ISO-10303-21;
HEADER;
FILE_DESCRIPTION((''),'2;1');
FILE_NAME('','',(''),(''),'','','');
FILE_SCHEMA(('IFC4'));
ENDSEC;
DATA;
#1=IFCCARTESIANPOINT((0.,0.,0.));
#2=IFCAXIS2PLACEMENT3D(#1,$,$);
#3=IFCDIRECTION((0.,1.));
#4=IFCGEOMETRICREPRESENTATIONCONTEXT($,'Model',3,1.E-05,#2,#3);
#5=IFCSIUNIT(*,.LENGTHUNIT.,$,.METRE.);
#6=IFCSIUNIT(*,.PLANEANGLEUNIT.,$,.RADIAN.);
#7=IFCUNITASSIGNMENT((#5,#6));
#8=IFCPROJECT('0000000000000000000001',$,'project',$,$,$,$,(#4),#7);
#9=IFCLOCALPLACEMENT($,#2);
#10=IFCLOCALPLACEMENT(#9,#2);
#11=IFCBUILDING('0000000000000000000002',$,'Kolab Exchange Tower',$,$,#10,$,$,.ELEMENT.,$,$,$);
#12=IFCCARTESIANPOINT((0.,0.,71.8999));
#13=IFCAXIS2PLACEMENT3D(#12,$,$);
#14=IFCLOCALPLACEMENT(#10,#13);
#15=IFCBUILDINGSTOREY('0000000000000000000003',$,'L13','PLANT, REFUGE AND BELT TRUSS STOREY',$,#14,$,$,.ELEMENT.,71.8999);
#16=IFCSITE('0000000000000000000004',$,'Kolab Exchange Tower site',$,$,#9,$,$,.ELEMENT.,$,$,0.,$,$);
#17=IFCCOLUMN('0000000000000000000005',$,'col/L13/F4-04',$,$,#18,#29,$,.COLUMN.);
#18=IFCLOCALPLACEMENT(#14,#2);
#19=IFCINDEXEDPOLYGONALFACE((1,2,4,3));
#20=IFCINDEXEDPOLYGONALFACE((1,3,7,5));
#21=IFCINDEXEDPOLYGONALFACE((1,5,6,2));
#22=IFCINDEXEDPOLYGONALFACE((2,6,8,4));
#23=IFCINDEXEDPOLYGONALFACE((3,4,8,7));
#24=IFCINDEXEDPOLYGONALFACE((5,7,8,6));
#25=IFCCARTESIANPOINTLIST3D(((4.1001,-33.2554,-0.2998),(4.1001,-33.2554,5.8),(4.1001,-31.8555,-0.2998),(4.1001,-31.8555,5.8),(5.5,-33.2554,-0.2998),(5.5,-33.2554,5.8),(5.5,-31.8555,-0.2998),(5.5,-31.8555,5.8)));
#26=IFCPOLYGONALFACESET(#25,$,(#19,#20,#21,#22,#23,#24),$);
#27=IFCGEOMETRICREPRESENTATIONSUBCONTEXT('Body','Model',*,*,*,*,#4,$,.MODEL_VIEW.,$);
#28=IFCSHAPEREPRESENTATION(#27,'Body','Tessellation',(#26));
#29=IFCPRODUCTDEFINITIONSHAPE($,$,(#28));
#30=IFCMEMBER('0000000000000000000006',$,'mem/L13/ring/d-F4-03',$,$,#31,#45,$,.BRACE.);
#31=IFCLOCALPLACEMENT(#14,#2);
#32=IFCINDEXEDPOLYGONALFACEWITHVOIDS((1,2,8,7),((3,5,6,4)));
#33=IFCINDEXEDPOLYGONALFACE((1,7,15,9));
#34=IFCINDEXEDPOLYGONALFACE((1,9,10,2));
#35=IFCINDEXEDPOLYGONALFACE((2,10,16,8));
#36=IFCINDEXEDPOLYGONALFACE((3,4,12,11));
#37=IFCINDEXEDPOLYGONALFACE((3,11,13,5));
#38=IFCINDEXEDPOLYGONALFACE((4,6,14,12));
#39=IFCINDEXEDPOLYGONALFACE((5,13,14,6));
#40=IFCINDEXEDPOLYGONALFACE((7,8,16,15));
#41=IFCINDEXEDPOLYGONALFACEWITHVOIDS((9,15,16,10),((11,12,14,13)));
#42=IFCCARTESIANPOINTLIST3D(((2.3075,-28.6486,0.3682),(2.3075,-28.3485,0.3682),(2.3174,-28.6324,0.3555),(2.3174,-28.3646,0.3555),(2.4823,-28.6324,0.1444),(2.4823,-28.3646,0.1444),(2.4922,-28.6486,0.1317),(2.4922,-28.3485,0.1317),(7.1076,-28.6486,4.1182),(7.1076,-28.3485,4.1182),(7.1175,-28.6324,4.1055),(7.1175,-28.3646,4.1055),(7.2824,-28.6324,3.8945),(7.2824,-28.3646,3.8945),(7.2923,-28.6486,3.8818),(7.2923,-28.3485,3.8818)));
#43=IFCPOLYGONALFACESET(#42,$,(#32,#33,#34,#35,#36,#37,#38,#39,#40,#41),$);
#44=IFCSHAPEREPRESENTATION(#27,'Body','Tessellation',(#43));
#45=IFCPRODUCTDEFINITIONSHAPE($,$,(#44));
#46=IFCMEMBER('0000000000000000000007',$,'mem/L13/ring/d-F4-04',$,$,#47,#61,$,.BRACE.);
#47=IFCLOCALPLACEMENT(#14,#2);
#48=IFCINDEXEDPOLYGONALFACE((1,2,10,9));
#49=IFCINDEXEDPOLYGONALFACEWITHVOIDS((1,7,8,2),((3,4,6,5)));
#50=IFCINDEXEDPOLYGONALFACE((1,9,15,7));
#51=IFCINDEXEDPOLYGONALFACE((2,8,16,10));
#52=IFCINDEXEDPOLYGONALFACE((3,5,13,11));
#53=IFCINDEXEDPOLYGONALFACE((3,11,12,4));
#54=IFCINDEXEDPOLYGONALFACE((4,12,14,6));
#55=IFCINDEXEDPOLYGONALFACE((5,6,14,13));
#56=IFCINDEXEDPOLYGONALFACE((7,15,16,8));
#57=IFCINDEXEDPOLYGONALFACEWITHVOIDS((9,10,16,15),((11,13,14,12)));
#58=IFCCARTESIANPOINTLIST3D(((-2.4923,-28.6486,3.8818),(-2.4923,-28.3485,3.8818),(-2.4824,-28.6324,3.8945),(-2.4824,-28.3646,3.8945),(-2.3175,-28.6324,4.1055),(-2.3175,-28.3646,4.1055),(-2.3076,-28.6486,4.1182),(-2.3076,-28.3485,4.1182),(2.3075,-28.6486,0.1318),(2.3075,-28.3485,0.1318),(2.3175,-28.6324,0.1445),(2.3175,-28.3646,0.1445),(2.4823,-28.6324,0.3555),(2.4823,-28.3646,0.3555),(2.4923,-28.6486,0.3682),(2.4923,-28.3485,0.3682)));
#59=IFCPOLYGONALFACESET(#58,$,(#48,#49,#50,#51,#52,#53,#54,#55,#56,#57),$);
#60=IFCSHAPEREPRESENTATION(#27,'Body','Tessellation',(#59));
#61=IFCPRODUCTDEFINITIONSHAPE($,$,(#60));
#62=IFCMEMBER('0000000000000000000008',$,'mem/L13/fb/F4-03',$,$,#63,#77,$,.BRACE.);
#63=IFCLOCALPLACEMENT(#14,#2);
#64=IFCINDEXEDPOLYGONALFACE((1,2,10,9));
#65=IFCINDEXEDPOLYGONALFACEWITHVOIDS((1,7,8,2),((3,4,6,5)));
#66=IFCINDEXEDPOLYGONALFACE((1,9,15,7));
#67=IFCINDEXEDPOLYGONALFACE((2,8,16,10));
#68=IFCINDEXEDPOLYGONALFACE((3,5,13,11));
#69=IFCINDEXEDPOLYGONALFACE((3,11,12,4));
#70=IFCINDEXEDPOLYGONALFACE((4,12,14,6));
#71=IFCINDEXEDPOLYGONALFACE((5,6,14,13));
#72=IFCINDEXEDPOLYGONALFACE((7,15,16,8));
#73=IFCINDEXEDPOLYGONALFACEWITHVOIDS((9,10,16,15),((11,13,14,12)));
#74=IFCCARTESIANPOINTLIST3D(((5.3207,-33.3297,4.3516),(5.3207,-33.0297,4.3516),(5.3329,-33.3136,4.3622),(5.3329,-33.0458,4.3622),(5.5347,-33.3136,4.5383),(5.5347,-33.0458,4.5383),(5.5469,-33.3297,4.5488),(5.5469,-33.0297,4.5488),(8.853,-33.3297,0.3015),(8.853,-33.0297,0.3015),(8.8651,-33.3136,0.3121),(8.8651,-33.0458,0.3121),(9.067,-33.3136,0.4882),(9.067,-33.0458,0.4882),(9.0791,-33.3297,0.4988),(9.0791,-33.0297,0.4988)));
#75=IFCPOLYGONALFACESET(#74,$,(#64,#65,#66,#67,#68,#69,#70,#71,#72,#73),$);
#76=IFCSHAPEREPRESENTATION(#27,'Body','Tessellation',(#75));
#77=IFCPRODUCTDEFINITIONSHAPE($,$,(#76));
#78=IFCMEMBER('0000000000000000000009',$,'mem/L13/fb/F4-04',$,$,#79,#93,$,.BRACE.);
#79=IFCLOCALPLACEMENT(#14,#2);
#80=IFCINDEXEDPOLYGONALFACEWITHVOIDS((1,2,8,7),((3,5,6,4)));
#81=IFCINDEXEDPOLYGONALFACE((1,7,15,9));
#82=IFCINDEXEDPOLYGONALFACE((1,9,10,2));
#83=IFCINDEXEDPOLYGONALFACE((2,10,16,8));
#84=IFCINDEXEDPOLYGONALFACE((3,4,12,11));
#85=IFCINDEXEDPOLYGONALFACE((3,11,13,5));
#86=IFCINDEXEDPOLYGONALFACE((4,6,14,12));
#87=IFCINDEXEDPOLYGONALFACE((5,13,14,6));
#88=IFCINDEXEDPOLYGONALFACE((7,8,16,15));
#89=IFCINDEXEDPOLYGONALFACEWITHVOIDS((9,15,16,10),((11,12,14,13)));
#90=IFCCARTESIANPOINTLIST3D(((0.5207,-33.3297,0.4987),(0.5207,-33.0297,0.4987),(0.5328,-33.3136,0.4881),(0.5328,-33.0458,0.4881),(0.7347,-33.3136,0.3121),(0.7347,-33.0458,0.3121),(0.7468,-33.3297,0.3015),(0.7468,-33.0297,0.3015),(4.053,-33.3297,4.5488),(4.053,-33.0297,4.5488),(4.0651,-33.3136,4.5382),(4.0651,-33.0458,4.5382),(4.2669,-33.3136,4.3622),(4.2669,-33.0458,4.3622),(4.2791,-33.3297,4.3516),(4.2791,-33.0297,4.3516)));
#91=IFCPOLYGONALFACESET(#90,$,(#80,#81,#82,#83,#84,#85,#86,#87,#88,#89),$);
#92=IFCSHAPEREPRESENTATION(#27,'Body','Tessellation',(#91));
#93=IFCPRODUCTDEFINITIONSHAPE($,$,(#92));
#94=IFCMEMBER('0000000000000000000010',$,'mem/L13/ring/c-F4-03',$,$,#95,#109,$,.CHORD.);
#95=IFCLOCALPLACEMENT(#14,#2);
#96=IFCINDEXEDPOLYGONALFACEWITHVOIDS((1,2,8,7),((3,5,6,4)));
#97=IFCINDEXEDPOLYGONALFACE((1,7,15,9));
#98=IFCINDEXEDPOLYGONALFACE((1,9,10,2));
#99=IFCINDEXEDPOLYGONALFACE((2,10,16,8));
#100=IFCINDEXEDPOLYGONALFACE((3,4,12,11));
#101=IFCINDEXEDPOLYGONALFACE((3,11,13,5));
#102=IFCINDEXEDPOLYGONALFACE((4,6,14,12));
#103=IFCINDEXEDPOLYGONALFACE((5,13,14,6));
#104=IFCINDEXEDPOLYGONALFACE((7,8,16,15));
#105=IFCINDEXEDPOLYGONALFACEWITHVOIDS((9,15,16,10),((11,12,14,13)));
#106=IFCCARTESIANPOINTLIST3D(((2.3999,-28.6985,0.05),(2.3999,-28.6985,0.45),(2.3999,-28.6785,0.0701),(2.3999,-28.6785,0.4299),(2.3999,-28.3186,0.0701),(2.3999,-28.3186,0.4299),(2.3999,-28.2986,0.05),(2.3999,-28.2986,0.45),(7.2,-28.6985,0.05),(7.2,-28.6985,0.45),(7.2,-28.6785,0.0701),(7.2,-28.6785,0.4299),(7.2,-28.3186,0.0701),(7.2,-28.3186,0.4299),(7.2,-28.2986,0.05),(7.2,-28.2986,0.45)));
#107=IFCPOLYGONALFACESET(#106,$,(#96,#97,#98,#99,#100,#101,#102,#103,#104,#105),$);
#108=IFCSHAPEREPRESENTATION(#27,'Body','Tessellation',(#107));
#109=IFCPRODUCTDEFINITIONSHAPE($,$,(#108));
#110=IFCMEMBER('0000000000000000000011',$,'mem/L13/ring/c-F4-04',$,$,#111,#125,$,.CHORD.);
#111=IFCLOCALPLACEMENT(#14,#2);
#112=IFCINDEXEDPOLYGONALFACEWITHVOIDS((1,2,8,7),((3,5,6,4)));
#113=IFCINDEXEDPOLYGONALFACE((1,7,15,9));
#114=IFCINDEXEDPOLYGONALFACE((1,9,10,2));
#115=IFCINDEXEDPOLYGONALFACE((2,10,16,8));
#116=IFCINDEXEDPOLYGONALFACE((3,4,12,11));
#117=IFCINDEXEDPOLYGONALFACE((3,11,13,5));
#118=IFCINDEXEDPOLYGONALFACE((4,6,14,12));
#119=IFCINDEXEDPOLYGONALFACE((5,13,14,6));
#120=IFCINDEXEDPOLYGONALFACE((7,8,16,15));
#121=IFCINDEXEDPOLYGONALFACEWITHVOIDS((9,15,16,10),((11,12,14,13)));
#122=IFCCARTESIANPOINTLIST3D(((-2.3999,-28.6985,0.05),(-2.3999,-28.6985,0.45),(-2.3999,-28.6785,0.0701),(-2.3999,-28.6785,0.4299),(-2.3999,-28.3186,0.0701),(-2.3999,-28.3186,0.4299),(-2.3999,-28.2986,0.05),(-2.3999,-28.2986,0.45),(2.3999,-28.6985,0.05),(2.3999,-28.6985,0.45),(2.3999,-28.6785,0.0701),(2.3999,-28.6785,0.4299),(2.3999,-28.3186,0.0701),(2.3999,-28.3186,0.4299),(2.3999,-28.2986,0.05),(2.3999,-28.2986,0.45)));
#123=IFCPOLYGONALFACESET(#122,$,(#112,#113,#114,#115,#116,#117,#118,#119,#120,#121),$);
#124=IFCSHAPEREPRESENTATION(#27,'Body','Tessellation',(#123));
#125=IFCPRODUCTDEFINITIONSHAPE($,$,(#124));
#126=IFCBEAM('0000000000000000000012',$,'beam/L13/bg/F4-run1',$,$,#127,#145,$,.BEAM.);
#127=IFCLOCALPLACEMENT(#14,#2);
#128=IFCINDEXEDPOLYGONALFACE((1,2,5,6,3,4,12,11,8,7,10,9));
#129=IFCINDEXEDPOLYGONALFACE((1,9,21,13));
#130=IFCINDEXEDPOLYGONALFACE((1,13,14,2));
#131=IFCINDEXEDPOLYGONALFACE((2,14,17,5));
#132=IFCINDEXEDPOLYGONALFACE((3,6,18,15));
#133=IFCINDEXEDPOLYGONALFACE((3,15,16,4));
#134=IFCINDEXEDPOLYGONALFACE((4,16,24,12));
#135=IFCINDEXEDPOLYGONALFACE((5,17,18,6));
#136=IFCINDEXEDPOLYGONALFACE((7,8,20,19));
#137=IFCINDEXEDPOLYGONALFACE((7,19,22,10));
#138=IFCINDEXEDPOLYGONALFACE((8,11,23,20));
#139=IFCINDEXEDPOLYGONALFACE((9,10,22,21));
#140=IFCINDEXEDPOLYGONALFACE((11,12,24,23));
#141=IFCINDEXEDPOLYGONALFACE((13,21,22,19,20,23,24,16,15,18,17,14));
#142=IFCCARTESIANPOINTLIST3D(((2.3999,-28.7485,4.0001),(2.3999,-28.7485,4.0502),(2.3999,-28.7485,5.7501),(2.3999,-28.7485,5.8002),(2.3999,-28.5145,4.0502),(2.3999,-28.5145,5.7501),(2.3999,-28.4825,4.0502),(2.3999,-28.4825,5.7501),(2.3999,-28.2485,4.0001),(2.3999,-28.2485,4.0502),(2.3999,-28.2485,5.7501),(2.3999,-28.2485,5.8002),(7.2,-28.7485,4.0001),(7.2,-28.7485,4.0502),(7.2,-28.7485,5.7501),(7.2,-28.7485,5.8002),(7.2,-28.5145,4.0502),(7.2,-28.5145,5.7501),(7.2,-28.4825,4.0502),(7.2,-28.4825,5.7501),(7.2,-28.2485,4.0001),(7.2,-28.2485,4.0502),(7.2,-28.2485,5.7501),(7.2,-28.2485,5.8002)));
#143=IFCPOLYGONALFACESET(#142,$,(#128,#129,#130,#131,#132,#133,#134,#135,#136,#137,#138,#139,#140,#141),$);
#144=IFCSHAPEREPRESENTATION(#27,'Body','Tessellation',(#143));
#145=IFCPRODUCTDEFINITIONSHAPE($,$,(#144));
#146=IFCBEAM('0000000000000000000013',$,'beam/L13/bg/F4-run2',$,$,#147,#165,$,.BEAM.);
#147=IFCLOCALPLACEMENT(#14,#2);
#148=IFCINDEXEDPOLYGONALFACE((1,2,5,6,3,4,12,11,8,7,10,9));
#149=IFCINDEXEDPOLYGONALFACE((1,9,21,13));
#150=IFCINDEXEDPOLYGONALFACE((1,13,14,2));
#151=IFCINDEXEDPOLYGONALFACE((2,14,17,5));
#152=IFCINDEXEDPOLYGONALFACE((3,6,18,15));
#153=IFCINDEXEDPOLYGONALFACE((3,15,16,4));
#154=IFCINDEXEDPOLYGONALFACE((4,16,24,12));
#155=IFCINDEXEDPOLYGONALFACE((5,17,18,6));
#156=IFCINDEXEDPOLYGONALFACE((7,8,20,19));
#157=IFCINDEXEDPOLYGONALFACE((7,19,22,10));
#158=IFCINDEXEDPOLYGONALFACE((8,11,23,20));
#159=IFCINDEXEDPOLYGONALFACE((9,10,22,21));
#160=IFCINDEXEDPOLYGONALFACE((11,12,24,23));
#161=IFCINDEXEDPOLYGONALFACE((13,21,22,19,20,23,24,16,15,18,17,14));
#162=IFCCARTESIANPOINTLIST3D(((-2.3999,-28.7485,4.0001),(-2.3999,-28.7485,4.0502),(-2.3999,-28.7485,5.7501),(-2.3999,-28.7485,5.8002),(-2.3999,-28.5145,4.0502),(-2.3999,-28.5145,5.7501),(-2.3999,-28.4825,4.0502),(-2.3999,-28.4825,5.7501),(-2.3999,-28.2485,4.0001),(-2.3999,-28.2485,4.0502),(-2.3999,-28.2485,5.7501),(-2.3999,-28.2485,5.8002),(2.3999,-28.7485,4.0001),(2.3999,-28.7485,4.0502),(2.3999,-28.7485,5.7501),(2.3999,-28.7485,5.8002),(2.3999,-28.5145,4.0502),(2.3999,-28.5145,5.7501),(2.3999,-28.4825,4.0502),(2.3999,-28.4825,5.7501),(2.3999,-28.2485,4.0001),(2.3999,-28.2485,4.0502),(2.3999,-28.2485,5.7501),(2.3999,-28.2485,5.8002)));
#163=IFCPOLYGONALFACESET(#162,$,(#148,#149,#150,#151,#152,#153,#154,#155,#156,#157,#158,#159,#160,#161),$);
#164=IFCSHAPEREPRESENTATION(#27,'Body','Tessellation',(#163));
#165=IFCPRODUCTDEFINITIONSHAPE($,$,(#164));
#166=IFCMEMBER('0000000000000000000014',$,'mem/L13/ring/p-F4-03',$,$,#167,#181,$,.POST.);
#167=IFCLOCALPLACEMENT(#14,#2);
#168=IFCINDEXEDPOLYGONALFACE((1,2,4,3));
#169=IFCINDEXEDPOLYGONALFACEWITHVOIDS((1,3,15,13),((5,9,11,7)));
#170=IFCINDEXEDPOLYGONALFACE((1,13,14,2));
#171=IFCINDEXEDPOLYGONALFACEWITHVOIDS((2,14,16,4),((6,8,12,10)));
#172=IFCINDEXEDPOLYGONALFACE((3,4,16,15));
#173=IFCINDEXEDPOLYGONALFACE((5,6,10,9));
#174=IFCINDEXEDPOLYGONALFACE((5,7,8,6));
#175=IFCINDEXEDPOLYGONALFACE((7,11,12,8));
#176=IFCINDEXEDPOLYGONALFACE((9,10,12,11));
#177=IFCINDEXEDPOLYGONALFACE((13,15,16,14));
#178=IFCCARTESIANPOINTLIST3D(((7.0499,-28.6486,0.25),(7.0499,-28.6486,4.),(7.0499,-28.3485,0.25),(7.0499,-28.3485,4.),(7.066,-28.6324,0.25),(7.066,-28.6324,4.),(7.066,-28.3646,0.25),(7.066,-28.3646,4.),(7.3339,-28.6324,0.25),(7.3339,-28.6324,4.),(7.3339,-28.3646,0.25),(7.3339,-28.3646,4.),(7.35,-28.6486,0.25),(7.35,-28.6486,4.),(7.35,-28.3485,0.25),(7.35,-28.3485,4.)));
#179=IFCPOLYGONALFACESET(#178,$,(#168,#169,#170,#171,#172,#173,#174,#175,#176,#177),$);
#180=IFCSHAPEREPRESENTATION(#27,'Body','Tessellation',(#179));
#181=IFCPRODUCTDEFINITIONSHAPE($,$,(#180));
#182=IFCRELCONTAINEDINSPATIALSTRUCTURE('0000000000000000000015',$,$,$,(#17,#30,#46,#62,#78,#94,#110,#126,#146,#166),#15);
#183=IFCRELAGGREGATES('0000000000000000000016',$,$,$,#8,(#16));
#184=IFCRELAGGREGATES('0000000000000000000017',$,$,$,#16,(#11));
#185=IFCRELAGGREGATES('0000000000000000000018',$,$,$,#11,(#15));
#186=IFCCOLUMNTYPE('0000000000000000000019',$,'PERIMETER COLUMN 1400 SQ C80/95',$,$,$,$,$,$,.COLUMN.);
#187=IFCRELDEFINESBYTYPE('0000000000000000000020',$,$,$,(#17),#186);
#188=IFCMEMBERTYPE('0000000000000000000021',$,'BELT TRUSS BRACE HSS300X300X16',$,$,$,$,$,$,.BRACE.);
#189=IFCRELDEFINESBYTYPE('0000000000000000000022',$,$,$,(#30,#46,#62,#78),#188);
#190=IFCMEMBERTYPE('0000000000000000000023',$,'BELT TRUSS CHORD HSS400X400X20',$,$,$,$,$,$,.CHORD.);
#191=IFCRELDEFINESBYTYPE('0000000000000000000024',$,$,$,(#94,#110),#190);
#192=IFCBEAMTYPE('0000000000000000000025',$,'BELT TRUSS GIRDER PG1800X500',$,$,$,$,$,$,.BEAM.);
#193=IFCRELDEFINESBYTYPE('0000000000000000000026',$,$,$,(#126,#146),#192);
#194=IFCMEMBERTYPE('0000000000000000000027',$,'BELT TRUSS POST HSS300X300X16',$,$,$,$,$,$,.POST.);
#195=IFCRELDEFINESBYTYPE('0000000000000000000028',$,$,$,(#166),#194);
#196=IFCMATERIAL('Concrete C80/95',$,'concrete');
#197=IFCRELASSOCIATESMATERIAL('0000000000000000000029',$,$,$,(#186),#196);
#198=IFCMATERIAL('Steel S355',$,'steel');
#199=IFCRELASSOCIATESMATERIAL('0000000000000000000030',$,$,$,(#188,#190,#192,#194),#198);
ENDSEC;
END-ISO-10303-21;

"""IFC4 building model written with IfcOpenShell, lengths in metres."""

from ifc_helpers import new_model, si_unit, direction, frame, origin, origin_2d, place, context, subcontext, project, spatial, rectangle, hollow_rectangle, i_section, extrude, material, material_profile, profile_set, type_object, element, save


model = new_model("IFC4")

# Units and contexts
model_context = context("Model", 3, precision=1e-05, world=origin(), true_north=direction((0.0, 1.0)))
body_context = subcontext(model_context, "Body", "Model", "MODEL_VIEW")
ifc_project = project(units=[si_unit("LENGTHUNIT", "METRE"), si_unit("PLANEANGLEUNIT", "RADIAN")], contexts=[model_context])

# Site, building, storey
site_placement = place(None, origin())
site = spatial("IfcSite", under=ifc_project, at=site_placement, Name="Kolab Exchange Tower site", CompositionType="ELEMENT", RefElevation=0.0)
building_placement = place(site_placement, origin())
building = spatial("IfcBuilding", under=site, at=building_placement, Name="Kolab Exchange Tower", CompositionType="ELEMENT")
storey_placement = place(building_placement, frame((0.0, 0.0, 71.8999)))
storey = spatial("IfcBuildingStorey", under=building, at=storey_placement, Name="L13", Description="PLANT, REFUGE AND BELT TRUSS STOREY", CompositionType="ELEMENT", Elevation=71.8999)

# Column
ifc_material_1 = material(Name="Concrete C80/95", Category="concrete")
ifc_material_profile_1 = material_profile(ifc_material_1, rectangle(XDim=1.3999, YDim=1.3999, at=origin_2d()), Name="RC1400")
ifc_profile_set_1 = profile_set([ifc_material_profile_1], Name="Concrete C80/95")
column_type = type_object("IfcColumnType", Name="PERIMETER COLUMN 1400 SQ C80/95", PredefinedType="COLUMN", material=ifc_profile_set_1)
column_placement = place(storey_placement, frame((4.8, -32.5554, -0.2998), z_axis=(0.0, 0.0, 1.0), x_axis=(1.0, 0.0, 0.0)))
element("IfcColumn", 1, at=column_placement, inside=storey, type_object=column_type, Name="col/L13/F4-04", PredefinedType="COLUMN", context=body_context, shape_type="SweptSolid", body=[
    extrude(rectangle(XDim=1.3999, YDim=1.3999, at=origin_2d()), origin(), (0.0, 0.0, 1.0), 6.0999),
])

# Members
ifc_material_2 = material(Name="Steel S355", Category="steel")
ifc_material_profile_2 = material_profile(ifc_material_2, hollow_rectangle(XDim=0.3, YDim=0.3, WallThickness=0.0161, at=origin_2d()), Name="HSS300X300X16")
ifc_profile_set_2 = profile_set([ifc_material_profile_2], Name="Steel S355")
member_type_1 = type_object("IfcMemberType", Name="BELT TRUSS BRACE HSS300X300X16", PredefinedType="BRACE", material=ifc_profile_set_2)
member_1_placement = place(storey_placement, frame((7.2, -28.4985, 4.0), z_axis=(-0.788027, 0.0, -0.61564), x_axis=(0.0, -1.0, 0.0)))
element("IfcMember", 2, at=member_1_placement, inside=storey, type_object=member_type_1, Name="mem/L13/ring/d-F4-03", PredefinedType="BRACE", context=body_context, shape_type="SweptSolid", body=[
    extrude(hollow_rectangle(XDim=0.3, YDim=0.3, WallThickness=0.0161, at=origin_2d()), origin(), (0.0, 0.0, 1.0), 6.0913),
])
member_2_placement = place(storey_placement, frame((2.3999, -28.4985, 0.25), z_axis=(-0.788012, 0.0, 0.61566), x_axis=(0.0, -1.0, 0.0)))
element("IfcMember", 3, at=member_2_placement, inside=storey, type_object=member_type_1, Name="mem/L13/ring/d-F4-04", PredefinedType="BRACE", context=body_context, shape_type="SweptSolid", body=[
    extrude(hollow_rectangle(XDim=0.3, YDim=0.3, WallThickness=0.0161, at=origin_2d()), origin(), (0.0, 0.0, 1.0), 6.0911),
])
for number, where, z_axis, x_axis, name in (
    (4, (8.9661, -33.1797, 0.4001), (-0.657285, 0.0, 0.753642), (0.0, -1.0, 0.0), "mem/L13/fb/F4-03"),
    (5, (4.166, -33.1797, 4.4502), (-0.657285, 0.0, -0.753642), (0.0, -1.0, 0.0), "mem/L13/fb/F4-04"),
):
    element("IfcMember", number, at=place(storey_placement, frame(where, z_axis=z_axis, x_axis=x_axis)), inside=storey, type_object=member_type_1, Name=name, PredefinedType="BRACE", context=body_context, shape_type="SweptSolid", body=[
        extrude(hollow_rectangle(XDim=0.3, YDim=0.3, WallThickness=0.0161, at=origin_2d()), origin(), (0.0, 0.0, 1.0), 5.374),
    ])
ifc_material_profile_3 = material_profile(ifc_material_2, hollow_rectangle(XDim=0.3999, YDim=0.3999, WallThickness=0.02, at=origin_2d()), Name="HSS400X400X20")
ifc_profile_set_3 = profile_set([ifc_material_profile_3], Name="Steel S355")
member_type_2 = type_object("IfcMemberType", Name="BELT TRUSS CHORD HSS400X400X20", PredefinedType="CHORD", material=ifc_profile_set_3)
member_3_placement = place(storey_placement, frame((7.2, -28.4985, 0.25), z_axis=(-1.0, 0.0, 0.0), x_axis=(0.0, -1.0, 0.0)))
element("IfcMember", 6, at=member_3_placement, inside=storey, type_object=member_type_2, Name="mem/L13/ring/c-F4-03", PredefinedType="CHORD", context=body_context, shape_type="SweptSolid", body=[
    extrude(hollow_rectangle(XDim=0.3999, YDim=0.3999, WallThickness=0.02, at=origin_2d()), origin(), (0.0, 0.0, 1.0), 4.8),
])
member_4_placement = place(storey_placement, frame((2.3999, -28.4985, 0.25), z_axis=(-1.0, 0.0, 0.0), x_axis=(0.0, -1.0, 0.0)))
element("IfcMember", 7, at=member_4_placement, inside=storey, type_object=member_type_2, Name="mem/L13/ring/c-F4-04", PredefinedType="CHORD", context=body_context, shape_type="SweptSolid", body=[
    extrude(hollow_rectangle(XDim=0.3999, YDim=0.3999, WallThickness=0.02, at=origin_2d()), origin(), (0.0, 0.0, 1.0), 4.7998),
])

# Beams
ifc_material_profile_4 = material_profile(ifc_material_2, i_section(OverallWidth=0.5, OverallDepth=1.8, WebThickness=0.032, FlangeThickness=0.05, at=origin_2d()), Name="PG1800X500")
ifc_profile_set_4 = profile_set([ifc_material_profile_4], Name="Steel S355")
beam_type_1 = type_object("IfcBeamType", Name="BELT TRUSS GIRDER PG1800X500", PredefinedType="BEAM", material=ifc_profile_set_4)
beam_1_placement = place(storey_placement, frame((7.2, -28.4985, 4.9001), z_axis=(-1.0, 0.0, 0.0), x_axis=(0.0, -1.0, 0.0)))
element("IfcBeam", 8, at=beam_1_placement, inside=storey, type_object=beam_type_1, Name="beam/L13/bg/F4-run1", PredefinedType="BEAM", context=body_context, shape_type="SweptSolid", body=[
    extrude(i_section(OverallWidth=0.5, OverallDepth=1.8, WebThickness=0.032, FlangeThickness=0.05, at=origin_2d()), origin(), (0.0, 0.0, 1.0), 4.8),
])
beam_2_placement = place(storey_placement, frame((2.3999, -28.4985, 4.9001), z_axis=(-1.0, 0.0, 0.0), x_axis=(0.0, -1.0, 0.0)))
element("IfcBeam", 9, at=beam_2_placement, inside=storey, type_object=beam_type_1, Name="beam/L13/bg/F4-run2", PredefinedType="BEAM", context=body_context, shape_type="SweptSolid", body=[
    extrude(i_section(OverallWidth=0.5, OverallDepth=1.8, WebThickness=0.032, FlangeThickness=0.05, at=origin_2d()), origin(), (0.0, 0.0, 1.0), 4.7998),
])

# Member
ifc_material_profile_5 = material_profile(ifc_material_2, hollow_rectangle(XDim=0.3, YDim=0.3, WallThickness=0.0161, at=origin_2d()), Name="HSS300X300X16")
ifc_profile_set_5 = profile_set([ifc_material_profile_5], Name="Steel S355")
member_type_3 = type_object("IfcMemberType", Name="BELT TRUSS POST HSS300X300X16", PredefinedType="POST", material=ifc_profile_set_5)
for number, where, z_axis, x_axis, name in (
    (10, (7.2, -28.4985, 0.25), (0.0, 0.0, 1.0), (1.0, 0.0, 0.0), "mem/L13/ring/p-F4-03"),
):
    element("IfcMember", number, at=place(storey_placement, frame(where, z_axis=z_axis, x_axis=x_axis)), inside=storey, type_object=member_type_3, Name=name, PredefinedType="POST", context=body_context, shape_type="SweptSolid", body=[
        extrude(hollow_rectangle(XDim=0.3, YDim=0.3, WallThickness=0.0161, at=origin_2d()), origin(), (0.0, 0.0, 1.0), 3.75),
    ])

save(model, "model.ifc")
